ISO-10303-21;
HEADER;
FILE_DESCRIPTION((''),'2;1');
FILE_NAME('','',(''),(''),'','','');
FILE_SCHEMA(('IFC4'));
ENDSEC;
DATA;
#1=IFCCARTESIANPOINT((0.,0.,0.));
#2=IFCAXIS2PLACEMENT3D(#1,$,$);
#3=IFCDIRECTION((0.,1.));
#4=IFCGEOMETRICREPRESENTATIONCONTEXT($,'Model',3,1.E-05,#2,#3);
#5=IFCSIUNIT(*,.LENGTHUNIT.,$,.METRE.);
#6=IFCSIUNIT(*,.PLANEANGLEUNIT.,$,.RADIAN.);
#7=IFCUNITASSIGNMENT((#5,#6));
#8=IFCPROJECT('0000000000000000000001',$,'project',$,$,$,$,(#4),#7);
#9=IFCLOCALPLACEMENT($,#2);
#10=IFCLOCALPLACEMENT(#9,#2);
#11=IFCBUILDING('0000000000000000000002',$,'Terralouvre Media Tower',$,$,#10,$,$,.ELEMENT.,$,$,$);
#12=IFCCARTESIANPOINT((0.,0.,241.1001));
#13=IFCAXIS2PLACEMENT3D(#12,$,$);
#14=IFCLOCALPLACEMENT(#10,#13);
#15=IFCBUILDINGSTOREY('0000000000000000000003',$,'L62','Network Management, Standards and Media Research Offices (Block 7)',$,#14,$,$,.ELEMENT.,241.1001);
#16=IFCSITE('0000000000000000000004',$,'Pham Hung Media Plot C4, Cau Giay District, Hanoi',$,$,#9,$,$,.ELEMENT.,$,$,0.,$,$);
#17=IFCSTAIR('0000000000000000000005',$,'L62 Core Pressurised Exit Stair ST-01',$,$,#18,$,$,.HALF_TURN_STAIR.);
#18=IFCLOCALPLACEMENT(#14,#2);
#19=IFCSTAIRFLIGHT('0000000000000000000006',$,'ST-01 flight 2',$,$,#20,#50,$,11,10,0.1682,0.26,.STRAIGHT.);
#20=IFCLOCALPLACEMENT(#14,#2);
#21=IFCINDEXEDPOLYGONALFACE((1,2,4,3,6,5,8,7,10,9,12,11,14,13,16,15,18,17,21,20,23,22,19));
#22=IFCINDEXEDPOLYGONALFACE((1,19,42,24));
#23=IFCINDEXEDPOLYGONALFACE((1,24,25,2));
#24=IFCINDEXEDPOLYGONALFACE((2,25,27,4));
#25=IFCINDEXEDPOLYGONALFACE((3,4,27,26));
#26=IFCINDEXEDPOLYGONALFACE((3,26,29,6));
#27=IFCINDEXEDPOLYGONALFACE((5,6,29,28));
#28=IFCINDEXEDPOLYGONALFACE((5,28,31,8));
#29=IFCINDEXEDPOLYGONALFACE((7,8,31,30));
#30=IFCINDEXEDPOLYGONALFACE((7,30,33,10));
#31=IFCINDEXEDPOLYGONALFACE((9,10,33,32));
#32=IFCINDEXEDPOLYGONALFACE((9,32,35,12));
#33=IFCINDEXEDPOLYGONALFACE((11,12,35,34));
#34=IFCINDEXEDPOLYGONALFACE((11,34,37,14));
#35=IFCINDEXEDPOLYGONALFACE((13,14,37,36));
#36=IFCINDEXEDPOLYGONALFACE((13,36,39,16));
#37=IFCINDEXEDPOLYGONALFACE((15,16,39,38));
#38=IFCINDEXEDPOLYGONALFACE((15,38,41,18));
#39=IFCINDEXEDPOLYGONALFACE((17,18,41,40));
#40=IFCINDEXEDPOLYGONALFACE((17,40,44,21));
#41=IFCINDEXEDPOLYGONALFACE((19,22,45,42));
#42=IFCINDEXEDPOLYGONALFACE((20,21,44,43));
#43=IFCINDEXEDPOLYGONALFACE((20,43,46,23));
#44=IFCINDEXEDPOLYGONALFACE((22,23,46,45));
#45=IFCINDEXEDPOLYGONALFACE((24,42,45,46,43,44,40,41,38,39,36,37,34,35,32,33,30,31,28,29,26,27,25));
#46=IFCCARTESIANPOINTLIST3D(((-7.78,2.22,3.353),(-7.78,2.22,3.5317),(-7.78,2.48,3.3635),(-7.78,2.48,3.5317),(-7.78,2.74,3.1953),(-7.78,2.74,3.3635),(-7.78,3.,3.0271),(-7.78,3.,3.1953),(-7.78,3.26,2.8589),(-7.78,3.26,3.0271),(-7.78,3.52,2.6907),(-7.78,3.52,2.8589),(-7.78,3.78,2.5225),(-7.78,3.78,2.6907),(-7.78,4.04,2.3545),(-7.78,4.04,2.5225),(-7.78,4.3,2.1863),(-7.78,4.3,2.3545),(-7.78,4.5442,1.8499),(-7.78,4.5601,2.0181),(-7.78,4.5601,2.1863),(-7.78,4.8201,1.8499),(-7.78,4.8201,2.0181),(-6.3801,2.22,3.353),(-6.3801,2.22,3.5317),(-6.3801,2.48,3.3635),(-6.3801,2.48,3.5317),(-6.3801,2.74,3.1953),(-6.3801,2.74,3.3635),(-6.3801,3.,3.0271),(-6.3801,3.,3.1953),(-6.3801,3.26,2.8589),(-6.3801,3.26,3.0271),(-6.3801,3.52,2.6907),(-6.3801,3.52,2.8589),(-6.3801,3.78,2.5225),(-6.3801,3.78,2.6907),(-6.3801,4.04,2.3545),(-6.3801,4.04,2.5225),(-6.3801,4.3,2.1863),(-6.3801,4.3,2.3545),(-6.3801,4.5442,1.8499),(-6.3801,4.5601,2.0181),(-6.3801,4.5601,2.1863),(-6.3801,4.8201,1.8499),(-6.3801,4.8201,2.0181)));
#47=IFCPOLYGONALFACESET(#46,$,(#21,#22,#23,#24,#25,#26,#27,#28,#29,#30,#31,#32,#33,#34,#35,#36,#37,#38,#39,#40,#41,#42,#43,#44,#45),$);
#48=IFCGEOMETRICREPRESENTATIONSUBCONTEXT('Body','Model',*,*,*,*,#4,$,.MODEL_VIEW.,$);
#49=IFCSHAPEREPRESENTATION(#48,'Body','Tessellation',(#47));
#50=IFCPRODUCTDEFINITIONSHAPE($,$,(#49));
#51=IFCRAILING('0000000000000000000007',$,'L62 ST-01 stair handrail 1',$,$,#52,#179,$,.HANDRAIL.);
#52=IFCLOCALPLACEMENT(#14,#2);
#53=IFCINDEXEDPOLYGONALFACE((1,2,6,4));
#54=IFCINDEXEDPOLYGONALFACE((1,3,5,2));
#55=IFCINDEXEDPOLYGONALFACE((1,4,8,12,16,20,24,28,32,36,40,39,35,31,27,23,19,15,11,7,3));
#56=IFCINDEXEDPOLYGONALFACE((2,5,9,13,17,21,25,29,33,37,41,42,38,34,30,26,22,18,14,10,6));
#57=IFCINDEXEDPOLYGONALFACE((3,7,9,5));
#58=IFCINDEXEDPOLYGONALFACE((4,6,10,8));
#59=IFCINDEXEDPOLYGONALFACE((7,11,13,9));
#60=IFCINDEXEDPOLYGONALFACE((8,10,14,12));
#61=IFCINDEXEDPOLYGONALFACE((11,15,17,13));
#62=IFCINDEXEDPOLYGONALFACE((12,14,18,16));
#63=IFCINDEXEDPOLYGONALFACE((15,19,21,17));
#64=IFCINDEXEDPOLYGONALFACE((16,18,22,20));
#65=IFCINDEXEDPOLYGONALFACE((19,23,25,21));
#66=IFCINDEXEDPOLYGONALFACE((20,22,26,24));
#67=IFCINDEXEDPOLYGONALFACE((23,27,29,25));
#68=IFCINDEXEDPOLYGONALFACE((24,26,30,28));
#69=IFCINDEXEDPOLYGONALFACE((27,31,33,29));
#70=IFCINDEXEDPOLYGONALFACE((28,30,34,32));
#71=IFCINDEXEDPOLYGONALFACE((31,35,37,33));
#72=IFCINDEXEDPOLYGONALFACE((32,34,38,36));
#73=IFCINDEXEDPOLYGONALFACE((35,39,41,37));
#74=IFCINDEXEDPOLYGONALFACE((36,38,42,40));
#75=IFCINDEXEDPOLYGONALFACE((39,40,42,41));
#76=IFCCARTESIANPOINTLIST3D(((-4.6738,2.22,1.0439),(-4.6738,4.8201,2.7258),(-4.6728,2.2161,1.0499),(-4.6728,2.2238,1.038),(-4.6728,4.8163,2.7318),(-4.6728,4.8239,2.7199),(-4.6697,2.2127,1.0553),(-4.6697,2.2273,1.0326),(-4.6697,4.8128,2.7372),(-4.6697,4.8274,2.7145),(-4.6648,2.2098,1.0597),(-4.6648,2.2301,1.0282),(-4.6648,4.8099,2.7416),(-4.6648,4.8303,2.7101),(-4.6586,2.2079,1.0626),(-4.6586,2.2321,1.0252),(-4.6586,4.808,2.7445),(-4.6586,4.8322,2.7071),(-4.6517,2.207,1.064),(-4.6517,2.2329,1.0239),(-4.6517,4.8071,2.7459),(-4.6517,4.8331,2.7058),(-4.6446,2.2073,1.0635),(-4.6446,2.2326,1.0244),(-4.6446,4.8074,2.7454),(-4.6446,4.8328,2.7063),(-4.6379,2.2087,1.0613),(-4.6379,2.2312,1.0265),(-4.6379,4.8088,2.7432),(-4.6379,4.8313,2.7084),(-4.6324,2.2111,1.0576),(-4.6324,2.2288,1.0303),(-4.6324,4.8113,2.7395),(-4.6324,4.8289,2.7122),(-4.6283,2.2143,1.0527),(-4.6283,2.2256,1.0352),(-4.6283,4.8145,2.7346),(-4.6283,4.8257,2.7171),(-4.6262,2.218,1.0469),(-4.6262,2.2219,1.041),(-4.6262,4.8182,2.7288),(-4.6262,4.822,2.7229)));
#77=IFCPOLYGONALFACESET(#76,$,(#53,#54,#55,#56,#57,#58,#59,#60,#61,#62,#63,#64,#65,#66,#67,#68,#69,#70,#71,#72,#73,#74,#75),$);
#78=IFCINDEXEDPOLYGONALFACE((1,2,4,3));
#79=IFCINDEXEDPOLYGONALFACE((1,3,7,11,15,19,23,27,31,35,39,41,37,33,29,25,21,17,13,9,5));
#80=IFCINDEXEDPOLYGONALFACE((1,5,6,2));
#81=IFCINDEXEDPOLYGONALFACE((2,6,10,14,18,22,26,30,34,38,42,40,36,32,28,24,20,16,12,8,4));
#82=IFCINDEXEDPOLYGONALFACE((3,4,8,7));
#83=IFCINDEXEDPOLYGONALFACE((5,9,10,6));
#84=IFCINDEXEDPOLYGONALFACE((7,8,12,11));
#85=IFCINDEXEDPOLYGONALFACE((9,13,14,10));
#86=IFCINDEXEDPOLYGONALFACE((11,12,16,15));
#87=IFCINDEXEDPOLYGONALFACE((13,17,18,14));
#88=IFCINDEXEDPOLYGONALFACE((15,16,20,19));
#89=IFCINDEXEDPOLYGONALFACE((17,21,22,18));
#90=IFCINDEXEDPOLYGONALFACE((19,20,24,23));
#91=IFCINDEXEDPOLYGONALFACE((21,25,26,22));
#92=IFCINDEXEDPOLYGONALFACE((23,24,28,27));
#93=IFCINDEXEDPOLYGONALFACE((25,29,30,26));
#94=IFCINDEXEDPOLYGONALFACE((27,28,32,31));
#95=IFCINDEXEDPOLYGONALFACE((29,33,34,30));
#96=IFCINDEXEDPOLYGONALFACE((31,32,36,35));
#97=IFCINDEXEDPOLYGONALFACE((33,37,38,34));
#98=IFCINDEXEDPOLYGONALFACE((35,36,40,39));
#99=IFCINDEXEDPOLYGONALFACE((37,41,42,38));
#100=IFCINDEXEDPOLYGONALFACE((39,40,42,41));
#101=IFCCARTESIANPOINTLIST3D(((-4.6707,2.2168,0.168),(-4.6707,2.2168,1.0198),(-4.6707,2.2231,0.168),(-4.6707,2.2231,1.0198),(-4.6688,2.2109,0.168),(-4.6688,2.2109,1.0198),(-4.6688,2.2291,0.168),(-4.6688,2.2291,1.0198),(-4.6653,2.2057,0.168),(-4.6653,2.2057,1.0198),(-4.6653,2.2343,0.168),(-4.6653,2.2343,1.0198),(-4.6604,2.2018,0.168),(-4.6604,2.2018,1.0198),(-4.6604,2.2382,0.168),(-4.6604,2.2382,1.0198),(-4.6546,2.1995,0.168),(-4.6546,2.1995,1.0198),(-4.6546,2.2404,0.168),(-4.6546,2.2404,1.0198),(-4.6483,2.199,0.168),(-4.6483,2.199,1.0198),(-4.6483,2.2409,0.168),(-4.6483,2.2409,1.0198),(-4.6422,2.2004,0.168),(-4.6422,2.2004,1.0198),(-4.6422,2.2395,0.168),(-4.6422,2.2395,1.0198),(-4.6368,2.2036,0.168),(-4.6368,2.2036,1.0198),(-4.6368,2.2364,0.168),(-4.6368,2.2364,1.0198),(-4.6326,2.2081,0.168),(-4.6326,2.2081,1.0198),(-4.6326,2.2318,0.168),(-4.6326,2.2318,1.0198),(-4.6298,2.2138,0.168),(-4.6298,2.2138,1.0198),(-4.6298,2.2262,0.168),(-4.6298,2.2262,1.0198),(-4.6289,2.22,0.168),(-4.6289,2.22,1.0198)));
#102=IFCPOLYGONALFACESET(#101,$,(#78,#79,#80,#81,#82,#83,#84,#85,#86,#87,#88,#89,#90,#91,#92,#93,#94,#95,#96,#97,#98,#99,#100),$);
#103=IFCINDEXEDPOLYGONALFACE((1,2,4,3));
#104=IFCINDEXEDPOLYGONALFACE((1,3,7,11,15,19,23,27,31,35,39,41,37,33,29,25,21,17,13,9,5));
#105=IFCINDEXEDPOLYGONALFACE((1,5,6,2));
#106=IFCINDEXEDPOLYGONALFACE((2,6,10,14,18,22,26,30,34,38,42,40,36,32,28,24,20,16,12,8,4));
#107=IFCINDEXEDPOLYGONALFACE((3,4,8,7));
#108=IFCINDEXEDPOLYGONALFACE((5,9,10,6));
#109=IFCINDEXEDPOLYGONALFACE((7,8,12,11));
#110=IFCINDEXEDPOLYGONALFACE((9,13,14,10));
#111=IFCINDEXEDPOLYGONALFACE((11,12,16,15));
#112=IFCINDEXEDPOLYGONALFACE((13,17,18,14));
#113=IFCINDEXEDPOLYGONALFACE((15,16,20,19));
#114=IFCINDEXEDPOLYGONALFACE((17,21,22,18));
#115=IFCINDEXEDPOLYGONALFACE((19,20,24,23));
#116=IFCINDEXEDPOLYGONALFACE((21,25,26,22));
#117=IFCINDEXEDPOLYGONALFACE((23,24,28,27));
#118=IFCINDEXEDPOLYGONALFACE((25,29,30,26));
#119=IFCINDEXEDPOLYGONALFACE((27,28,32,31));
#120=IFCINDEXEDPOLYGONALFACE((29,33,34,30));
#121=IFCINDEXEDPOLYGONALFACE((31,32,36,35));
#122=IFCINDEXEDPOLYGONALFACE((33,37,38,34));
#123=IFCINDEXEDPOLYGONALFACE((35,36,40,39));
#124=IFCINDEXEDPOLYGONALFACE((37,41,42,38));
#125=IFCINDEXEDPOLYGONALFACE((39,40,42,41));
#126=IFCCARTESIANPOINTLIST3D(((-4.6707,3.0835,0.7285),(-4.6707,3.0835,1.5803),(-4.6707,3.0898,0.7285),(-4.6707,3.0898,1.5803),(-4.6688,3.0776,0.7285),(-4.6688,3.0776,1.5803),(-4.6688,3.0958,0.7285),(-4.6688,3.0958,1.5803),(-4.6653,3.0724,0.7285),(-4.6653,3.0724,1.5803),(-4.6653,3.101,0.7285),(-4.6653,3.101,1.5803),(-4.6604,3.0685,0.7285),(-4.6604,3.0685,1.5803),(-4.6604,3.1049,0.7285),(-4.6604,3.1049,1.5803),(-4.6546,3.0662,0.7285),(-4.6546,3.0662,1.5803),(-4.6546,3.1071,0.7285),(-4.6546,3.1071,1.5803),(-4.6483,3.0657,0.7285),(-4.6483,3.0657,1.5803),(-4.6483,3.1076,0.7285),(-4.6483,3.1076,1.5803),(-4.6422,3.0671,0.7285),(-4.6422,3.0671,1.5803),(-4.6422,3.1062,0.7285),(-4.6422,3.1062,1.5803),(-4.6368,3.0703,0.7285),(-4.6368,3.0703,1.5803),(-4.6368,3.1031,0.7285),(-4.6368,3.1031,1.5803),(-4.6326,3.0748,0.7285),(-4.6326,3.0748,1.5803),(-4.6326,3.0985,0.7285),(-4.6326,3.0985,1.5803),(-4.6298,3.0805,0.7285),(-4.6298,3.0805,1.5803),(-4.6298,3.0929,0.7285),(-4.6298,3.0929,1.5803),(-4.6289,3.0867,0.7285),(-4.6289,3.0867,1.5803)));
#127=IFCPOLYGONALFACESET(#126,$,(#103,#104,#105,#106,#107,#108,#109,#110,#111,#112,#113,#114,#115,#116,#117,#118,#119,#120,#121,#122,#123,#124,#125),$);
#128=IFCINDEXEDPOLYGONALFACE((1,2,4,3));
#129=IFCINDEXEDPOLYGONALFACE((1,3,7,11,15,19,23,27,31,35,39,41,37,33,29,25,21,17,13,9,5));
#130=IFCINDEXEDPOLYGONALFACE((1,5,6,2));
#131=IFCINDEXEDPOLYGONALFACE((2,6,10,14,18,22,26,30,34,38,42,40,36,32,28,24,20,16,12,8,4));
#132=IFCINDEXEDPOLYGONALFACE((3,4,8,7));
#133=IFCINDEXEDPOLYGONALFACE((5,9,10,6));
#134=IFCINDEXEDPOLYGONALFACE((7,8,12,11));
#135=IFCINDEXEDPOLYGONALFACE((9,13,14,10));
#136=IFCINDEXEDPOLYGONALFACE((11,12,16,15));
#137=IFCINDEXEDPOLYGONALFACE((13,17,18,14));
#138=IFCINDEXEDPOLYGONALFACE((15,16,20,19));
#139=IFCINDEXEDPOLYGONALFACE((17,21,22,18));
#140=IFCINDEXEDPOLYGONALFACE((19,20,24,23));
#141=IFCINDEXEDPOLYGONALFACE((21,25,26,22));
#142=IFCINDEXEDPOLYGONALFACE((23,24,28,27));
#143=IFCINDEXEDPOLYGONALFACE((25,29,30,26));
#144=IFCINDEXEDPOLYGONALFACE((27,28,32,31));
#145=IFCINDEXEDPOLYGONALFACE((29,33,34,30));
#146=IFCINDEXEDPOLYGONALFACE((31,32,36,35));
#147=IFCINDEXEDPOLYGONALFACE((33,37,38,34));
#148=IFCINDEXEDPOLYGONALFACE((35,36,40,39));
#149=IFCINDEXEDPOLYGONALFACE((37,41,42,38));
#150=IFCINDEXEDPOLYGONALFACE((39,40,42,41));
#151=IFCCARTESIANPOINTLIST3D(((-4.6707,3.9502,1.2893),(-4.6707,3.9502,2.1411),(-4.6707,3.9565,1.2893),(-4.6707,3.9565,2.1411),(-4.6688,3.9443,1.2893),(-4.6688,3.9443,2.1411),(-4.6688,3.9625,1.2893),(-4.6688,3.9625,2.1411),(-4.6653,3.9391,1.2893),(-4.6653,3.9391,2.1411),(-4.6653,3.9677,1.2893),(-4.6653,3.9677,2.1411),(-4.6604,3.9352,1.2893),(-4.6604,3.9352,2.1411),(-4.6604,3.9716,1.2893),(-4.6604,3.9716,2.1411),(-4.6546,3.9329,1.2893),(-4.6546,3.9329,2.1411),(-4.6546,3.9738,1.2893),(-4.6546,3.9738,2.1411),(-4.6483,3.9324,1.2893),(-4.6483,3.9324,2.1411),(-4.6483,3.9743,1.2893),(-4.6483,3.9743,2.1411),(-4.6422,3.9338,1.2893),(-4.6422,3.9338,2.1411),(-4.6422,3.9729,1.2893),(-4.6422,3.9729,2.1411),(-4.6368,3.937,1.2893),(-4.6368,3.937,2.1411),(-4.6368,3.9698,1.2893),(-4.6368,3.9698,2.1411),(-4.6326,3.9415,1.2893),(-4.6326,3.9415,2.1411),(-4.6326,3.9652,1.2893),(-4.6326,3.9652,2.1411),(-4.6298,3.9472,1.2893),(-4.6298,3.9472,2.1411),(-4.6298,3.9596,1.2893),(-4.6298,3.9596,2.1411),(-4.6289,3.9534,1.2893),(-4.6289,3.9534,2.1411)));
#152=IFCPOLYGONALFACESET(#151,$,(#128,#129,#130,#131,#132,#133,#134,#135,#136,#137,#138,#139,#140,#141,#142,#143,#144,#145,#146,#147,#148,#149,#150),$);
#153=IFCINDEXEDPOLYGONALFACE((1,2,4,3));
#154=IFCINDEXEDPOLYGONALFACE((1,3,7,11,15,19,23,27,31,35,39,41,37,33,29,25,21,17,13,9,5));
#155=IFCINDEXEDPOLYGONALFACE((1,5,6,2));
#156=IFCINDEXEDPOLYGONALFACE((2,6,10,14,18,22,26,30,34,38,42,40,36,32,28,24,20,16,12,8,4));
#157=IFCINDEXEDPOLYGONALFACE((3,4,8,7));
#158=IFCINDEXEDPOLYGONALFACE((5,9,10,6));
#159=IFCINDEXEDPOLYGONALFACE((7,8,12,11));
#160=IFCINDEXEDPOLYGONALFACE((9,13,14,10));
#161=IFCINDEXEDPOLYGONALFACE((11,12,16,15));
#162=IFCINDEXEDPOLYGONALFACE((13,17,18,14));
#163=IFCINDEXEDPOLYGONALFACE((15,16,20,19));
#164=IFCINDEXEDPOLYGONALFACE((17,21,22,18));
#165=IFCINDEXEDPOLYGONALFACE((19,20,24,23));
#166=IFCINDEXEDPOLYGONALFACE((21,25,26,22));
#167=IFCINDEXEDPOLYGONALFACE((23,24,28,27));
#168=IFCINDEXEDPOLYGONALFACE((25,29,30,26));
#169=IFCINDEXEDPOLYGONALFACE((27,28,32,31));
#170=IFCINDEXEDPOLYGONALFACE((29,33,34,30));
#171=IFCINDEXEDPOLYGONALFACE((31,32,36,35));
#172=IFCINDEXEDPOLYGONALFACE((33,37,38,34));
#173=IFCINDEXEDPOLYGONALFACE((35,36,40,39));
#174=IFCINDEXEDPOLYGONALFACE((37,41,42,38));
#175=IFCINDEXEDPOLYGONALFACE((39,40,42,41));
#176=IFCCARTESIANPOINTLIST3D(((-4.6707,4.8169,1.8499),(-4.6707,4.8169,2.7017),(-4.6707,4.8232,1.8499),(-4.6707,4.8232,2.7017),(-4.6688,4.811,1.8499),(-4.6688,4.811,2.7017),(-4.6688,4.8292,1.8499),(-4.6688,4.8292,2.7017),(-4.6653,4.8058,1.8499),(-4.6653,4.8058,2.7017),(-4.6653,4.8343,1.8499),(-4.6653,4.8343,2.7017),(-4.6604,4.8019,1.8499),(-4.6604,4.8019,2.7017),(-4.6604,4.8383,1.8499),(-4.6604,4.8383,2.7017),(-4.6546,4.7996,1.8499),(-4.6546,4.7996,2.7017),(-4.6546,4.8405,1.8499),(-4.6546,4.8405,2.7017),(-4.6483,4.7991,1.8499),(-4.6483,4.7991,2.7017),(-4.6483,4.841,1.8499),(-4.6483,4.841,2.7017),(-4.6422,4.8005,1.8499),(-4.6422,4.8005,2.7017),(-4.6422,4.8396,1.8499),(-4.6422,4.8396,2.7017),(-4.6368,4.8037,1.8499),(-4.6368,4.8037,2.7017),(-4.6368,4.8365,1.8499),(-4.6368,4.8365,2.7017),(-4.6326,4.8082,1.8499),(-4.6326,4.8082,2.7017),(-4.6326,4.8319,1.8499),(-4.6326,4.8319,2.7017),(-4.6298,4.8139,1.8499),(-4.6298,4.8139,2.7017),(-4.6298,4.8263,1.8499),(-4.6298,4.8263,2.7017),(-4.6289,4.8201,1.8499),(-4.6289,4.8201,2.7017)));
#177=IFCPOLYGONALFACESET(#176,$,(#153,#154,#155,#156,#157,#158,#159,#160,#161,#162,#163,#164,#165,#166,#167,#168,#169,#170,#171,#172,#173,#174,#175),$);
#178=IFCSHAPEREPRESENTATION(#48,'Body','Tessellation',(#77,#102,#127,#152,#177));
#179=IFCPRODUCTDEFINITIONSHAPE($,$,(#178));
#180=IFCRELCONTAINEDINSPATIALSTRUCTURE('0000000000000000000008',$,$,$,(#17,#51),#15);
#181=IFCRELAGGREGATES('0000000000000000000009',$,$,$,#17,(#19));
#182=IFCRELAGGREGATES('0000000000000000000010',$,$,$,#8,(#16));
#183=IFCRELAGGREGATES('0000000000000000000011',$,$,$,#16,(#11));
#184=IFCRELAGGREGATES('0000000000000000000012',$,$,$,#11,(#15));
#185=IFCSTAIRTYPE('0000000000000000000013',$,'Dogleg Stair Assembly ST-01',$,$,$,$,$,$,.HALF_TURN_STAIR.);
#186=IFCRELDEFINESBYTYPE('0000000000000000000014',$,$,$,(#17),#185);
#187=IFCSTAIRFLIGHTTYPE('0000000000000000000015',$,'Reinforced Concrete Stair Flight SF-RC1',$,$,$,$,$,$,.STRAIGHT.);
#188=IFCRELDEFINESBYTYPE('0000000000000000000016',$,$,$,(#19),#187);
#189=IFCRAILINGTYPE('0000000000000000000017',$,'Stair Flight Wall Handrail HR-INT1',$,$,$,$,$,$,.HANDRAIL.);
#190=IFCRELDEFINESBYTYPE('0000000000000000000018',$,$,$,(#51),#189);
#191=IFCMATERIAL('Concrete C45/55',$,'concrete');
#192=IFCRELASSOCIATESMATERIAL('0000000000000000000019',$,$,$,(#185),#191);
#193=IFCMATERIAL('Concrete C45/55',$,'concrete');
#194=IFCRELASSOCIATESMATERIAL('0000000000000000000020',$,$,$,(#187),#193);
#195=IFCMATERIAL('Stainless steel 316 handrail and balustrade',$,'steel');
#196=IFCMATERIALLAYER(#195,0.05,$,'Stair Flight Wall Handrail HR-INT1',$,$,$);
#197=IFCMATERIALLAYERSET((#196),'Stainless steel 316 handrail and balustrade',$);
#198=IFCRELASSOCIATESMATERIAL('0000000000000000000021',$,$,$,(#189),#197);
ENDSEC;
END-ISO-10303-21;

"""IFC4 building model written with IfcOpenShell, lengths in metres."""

from ifc_helpers import new_model, si_unit, direction, frame, origin, origin_2d, place, context, subcontext, project, spatial, polyline, circle, outline, extrude, material, layer, layer_set, type_object, element, aggregate, save


model = new_model("IFC4")

# Units and contexts
model_context = context("Model", 3, precision=1e-05, world=origin(), true_north=direction((0.0, 1.0)))
body_context = subcontext(model_context, "Body", "Model", "MODEL_VIEW")
ifc_project = project(units=[si_unit("LENGTHUNIT", "METRE"), si_unit("PLANEANGLEUNIT", "RADIAN")], contexts=[model_context])

# Site, building, storey
site_placement = place(None, origin())
site = spatial("IfcSite", under=ifc_project, at=site_placement, Name="Pham Hung Media Plot C4, Cau Giay District, Hanoi", CompositionType="ELEMENT", RefElevation=0.0)
building_placement = place(site_placement, origin())
building = spatial("IfcBuilding", under=site, at=building_placement, Name="Terralouvre Media Tower", CompositionType="ELEMENT")
storey_placement = place(building_placement, frame((0.0, 0.0, 241.1001)))
storey = spatial("IfcBuildingStorey", under=building, at=storey_placement, Name="L62", Description="Network Management, Standards and Media Research Offices (Block 7)", CompositionType="ELEMENT", Elevation=241.1001)

# Stair, stair flight
ifc_material_1 = material(Name="Concrete C45/55", Category="concrete")
stair_type = type_object("IfcStairType", Name="Dogleg Stair Assembly ST-01", PredefinedType="HALF_TURN_STAIR", material=ifc_material_1)
stair_placement = place(storey_placement, origin())
stair = element("IfcStair", 1, at=stair_placement, inside=storey, type_object=stair_type, Name="L62 Core Pressurised Exit Stair ST-01", PredefinedType="HALF_TURN_STAIR")
ifc_material_2 = material(Name="Concrete C45/55", Category="concrete")
stair_flight_type = type_object("IfcStairFlightType", Name="Reinforced Concrete Stair Flight SF-RC1", PredefinedType="STRAIGHT", material=ifc_material_2)
stair_flight_1_placement = place(storey_placement, frame((-7.0801, 4.8201, 1.8499), z_axis=(0.0, 0.0, 1.0), x_axis=(0.0, -1.0, 0.0)))
stair_flight_1 = element("IfcStairFlight", 2, at=stair_flight_1_placement, type_object=stair_flight_type, Name="ST-01 flight 2", NumberOfRisers=11, NumberOfTreads=10, PredefinedType="STRAIGHT", RiserHeight=0.1682, TreadLength=0.26, context=body_context, shape_type="SweptSolid", body=[
    extrude(outline(polyline([(0.0, 0.0), (0.0, 0.1682), (0.26, 0.1682), (0.26, 0.3364), (0.52, 0.3364), (0.52, 0.5046), (0.78, 0.5046), (0.78, 0.6726), (1.04, 0.6726), (1.04, 0.8408), (1.3, 0.8408), (1.3, 1.009), (1.5601, 1.009), (1.5601, 1.1772), (1.8201, 1.1772), (1.8201, 1.3455), (2.0801, 1.3455), (2.0801, 1.5137), (2.3401, 1.5137), (2.3401, 1.6819), (2.6001, 1.6819), (2.6001, 1.8501), (2.6001, 1.5032), (0.2759, 0.0), (0.0, 0.0)])), frame((0.0, 0.7, 0.0), z_axis=(0.0, -1.0, 0.0), x_axis=(1.0, 0.0, 0.0)), (0.0, 0.0, 1.0), 1.3999),
])
aggregate(stair, [stair_flight_1])

# Railing
ifc_material_3 = material(Name="Stainless steel 316 handrail and balustrade", Category="steel")
ifc_layer_1 = layer(ifc_material_3, 0.05, Name="Stair Flight Wall Handrail HR-INT1")
ifc_layer_set_1 = layer_set([ifc_layer_1], Name="Stainless steel 316 handrail and balustrade")
railing_type_1 = type_object("IfcRailingType", Name="Stair Flight Wall Handrail HR-INT1", PredefinedType="HANDRAIL", material=ifc_layer_set_1)
railing_1_placement = place(storey_placement, frame((-4.6499, 2.22, 0.168)))
element("IfcRailing", 3, at=railing_1_placement, inside=storey, type_object=railing_type_1, Name="L62 ST-01 stair handrail 1", PredefinedType="HANDRAIL", context=body_context, shape_type="SweptSolid", body=[
    extrude(circle(Radius=0.0239, at=origin_2d()), frame((0.0, 0.0, 0.876), z_axis=(0.0, 0.839648, 0.54313), x_axis=(-1.0, 0.0, 0.0)), (0.0, 0.0, 1.0), 3.0967),
    extrude(circle(Radius=0.021, at=origin_2d()), origin(), (0.0, 0.0, 1.0), 0.8518),
    extrude(circle(Radius=0.021, at=origin_2d()), frame((0.0, 0.8667, 0.5605)), (0.0, 0.0, 1.0), 0.8518),
    extrude(circle(Radius=0.021, at=origin_2d()), frame((0.0, 1.7334, 1.1213)), (0.0, 0.0, 1.0), 0.8518),
    extrude(circle(Radius=0.021, at=origin_2d()), frame((0.0, 2.6001, 1.6819)), (0.0, 0.0, 1.0), 0.8518),
])

save(model, "model.ifc")
